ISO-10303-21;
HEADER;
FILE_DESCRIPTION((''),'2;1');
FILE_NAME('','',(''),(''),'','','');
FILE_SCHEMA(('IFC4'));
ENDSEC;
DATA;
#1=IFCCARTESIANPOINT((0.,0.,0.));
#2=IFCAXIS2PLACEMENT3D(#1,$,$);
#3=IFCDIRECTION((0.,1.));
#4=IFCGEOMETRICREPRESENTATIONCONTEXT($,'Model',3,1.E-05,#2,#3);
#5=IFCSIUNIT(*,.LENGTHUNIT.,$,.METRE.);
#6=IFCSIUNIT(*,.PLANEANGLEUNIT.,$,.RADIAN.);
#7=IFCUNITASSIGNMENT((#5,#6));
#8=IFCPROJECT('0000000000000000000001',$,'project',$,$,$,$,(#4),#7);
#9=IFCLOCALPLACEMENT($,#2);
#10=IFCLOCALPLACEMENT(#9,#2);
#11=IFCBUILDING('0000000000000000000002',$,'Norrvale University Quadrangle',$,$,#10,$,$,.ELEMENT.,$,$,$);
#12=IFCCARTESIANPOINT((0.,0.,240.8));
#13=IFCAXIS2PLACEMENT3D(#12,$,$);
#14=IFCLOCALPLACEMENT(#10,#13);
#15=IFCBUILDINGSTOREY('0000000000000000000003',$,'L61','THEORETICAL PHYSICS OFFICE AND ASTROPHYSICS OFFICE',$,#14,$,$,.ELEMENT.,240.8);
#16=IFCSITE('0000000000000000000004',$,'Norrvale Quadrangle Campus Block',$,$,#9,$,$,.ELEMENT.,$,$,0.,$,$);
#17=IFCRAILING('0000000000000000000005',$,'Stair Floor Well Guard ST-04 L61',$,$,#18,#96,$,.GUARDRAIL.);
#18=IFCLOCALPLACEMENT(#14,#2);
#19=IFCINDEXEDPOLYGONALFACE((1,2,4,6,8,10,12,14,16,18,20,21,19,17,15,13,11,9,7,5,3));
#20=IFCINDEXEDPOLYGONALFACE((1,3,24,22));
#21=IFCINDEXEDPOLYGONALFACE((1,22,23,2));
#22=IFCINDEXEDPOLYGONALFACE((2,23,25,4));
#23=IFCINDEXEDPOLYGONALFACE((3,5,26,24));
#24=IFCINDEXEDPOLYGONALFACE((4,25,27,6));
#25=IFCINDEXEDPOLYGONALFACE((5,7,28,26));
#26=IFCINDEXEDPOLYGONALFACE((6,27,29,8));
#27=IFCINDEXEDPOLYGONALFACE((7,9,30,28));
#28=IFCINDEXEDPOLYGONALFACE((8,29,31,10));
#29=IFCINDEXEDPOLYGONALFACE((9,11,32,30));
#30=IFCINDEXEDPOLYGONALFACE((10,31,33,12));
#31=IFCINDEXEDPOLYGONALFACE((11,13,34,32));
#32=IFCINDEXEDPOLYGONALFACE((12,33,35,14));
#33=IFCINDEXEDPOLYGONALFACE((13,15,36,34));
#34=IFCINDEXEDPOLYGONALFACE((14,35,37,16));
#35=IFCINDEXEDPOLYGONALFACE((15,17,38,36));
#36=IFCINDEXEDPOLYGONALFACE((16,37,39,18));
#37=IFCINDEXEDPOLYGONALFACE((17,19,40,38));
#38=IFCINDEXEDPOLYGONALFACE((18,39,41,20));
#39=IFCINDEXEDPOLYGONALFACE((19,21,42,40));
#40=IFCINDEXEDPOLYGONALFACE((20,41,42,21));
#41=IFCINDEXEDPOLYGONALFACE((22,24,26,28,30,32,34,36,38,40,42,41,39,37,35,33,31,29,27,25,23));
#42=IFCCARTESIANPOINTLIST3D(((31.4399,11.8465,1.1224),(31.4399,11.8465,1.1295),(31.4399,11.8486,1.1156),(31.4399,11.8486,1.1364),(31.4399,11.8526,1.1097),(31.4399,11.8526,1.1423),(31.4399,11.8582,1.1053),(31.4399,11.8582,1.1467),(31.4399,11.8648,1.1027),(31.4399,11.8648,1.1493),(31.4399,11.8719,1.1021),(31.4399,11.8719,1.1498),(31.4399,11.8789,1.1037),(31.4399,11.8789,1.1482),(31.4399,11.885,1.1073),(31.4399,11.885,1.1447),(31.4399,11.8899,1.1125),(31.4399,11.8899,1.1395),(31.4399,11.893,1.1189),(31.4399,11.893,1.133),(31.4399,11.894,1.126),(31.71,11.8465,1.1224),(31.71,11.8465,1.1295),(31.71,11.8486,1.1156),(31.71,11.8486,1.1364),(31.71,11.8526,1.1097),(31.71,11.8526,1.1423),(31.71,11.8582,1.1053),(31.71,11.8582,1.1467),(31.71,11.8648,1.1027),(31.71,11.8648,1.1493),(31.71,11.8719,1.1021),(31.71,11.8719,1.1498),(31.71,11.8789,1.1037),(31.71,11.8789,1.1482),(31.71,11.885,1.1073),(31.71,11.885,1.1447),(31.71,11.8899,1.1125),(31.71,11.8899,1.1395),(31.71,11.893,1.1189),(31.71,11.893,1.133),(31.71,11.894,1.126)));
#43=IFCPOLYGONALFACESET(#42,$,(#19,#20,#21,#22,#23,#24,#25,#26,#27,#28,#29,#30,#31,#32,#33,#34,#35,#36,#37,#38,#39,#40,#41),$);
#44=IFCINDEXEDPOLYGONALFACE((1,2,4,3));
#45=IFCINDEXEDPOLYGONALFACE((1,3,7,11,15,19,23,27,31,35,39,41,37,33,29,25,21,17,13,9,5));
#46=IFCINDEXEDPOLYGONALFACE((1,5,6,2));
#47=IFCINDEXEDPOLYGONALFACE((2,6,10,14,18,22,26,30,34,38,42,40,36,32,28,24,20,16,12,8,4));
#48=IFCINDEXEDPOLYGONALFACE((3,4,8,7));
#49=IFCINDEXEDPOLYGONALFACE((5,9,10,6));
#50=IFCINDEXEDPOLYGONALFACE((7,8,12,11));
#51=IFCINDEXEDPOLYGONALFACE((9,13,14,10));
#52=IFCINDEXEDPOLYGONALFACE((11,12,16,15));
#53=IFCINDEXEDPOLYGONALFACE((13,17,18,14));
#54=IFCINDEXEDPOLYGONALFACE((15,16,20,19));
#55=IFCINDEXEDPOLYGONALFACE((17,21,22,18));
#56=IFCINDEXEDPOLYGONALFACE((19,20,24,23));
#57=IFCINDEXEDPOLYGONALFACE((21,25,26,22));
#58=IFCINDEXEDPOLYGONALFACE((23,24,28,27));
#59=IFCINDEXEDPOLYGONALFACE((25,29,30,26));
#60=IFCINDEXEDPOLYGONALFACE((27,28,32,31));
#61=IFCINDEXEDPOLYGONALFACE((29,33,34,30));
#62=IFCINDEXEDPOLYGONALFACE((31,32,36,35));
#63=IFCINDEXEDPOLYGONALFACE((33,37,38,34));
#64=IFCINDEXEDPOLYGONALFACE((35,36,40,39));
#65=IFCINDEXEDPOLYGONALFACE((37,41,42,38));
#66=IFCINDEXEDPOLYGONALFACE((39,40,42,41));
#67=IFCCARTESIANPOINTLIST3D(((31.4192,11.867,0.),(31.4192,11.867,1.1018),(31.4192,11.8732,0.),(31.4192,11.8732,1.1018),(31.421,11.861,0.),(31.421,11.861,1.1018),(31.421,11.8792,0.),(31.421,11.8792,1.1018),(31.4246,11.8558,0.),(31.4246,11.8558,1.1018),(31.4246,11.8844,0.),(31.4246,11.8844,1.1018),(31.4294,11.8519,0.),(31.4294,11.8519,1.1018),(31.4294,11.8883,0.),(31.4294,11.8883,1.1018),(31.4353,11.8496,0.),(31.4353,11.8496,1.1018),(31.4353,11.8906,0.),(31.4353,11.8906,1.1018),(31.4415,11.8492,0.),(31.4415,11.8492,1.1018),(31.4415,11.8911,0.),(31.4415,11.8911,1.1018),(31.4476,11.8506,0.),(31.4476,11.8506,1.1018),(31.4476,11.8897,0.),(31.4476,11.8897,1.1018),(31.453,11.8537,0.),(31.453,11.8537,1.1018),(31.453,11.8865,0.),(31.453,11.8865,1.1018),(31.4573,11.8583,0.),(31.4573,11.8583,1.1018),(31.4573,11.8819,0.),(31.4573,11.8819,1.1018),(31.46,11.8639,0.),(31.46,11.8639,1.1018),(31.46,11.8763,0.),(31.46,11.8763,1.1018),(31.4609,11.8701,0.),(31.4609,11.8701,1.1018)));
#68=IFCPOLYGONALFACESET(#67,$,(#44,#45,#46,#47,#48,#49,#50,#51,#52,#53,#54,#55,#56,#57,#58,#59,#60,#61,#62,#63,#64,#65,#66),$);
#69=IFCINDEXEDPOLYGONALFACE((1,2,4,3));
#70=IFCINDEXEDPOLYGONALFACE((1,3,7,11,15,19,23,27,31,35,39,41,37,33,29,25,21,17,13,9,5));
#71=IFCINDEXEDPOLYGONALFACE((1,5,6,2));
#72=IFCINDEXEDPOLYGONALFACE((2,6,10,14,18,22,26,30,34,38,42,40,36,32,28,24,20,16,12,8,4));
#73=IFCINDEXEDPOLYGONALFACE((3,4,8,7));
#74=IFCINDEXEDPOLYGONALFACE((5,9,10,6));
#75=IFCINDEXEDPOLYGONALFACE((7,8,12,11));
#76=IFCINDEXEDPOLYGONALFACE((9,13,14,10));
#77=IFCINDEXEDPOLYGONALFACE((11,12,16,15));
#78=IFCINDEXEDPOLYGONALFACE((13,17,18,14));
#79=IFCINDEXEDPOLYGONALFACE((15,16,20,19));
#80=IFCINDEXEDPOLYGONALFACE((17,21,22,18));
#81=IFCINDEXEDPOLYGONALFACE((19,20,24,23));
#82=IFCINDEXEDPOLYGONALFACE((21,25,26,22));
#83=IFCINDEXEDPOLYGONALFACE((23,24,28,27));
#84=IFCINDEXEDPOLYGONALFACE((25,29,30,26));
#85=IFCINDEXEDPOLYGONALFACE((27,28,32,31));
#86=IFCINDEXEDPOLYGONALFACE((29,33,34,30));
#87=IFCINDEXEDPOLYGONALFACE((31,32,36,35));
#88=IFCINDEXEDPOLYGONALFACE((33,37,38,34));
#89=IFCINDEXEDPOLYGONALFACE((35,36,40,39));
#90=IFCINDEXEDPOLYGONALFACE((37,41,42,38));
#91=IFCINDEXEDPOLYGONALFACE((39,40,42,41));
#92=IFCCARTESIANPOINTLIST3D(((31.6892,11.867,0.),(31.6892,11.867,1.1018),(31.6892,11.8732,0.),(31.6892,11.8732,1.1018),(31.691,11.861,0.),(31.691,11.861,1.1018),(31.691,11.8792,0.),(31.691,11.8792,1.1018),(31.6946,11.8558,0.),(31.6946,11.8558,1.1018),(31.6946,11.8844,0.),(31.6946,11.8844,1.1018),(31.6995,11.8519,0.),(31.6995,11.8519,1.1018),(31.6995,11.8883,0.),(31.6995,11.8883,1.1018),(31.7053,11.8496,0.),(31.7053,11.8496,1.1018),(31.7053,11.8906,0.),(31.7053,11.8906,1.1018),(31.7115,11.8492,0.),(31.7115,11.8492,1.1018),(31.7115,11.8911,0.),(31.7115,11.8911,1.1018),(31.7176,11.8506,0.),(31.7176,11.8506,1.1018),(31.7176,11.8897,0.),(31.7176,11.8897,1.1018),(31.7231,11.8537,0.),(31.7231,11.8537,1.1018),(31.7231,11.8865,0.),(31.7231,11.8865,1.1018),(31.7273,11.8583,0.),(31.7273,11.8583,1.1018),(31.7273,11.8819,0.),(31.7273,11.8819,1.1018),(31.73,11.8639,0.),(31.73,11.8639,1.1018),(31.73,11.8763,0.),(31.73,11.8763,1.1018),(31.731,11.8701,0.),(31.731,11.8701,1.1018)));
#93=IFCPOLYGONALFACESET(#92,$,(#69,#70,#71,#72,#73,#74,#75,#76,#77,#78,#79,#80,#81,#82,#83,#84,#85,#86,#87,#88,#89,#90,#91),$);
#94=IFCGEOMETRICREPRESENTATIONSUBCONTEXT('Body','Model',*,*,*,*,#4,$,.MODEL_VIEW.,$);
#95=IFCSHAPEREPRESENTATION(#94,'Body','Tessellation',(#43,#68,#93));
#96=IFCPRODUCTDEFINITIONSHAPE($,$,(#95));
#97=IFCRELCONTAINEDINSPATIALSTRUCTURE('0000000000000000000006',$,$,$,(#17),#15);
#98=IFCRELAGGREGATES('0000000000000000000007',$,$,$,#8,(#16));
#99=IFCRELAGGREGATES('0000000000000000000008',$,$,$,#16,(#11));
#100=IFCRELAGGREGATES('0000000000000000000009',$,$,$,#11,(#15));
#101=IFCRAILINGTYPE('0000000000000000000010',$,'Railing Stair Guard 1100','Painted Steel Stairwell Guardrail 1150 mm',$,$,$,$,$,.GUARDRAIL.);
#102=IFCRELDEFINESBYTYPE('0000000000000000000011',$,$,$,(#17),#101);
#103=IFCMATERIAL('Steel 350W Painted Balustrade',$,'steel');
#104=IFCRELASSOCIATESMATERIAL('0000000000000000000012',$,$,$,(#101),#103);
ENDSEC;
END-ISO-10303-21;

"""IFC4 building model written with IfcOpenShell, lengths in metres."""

from ifc_helpers import new_model, si_unit, direction, frame, origin, origin_2d, place, context, subcontext, project, spatial, circle, extrude, material, type_object, element, save


model = new_model("IFC4")

# Units and contexts
model_context = context("Model", 3, precision=1e-05, world=origin(), true_north=direction((0.0, 1.0)))
body_context = subcontext(model_context, "Body", "Model", "MODEL_VIEW")
ifc_project = project(units=[si_unit("LENGTHUNIT", "METRE"), si_unit("PLANEANGLEUNIT", "RADIAN")], contexts=[model_context])

# Site, building, storey
site_placement = place(None, origin())
site = spatial("IfcSite", under=ifc_project, at=site_placement, Name="Norrvale Quadrangle Campus Block", CompositionType="ELEMENT", RefElevation=0.0)
building_placement = place(site_placement, origin())
building = spatial("IfcBuilding", under=site, at=building_placement, Name="Norrvale University Quadrangle", CompositionType="ELEMENT")
storey_placement = place(building_placement, frame((0.0, 0.0, 240.8)))
storey = spatial("IfcBuildingStorey", under=building, at=storey_placement, Name="L61", Description="THEORETICAL PHYSICS OFFICE AND ASTROPHYSICS OFFICE", CompositionType="ELEMENT", Elevation=240.8)

# Railing
ifc_material_1 = material(Name="Steel 350W Painted Balustrade", Category="steel")
railing_type_1 = type_object("IfcRailingType", Name="Railing Stair Guard 1100", Description="Painted Steel Stairwell Guardrail 1150 mm", PredefinedType="GUARDRAIL", material=ifc_material_1)
railing_1_placement = place(storey_placement, frame((31.4399, 11.8701, 0.0)))
element("IfcRailing", 1, at=railing_1_placement, inside=storey, type_object=railing_type_1, Name="Stair Floor Well Guard ST-04 L61", PredefinedType="GUARDRAIL", context=body_context, shape_type="SweptSolid", body=[
    extrude(circle(Radius=0.0239, at=origin_2d()), frame((0.0, 0.0, 1.126), z_axis=(1.0, 0.0, 0.0), x_axis=(0.0, 1.0, 0.0)), (0.0, 0.0, 1.0), 0.27),
    extrude(circle(Radius=0.021, at=origin_2d()), origin(), (0.0, 0.0, 1.0), 1.1018),
    extrude(circle(Radius=0.021, at=origin_2d()), frame((0.27, 0.0, 0.0)), (0.0, 0.0, 1.0), 1.1018),
])

save(model, "model.ifc")
